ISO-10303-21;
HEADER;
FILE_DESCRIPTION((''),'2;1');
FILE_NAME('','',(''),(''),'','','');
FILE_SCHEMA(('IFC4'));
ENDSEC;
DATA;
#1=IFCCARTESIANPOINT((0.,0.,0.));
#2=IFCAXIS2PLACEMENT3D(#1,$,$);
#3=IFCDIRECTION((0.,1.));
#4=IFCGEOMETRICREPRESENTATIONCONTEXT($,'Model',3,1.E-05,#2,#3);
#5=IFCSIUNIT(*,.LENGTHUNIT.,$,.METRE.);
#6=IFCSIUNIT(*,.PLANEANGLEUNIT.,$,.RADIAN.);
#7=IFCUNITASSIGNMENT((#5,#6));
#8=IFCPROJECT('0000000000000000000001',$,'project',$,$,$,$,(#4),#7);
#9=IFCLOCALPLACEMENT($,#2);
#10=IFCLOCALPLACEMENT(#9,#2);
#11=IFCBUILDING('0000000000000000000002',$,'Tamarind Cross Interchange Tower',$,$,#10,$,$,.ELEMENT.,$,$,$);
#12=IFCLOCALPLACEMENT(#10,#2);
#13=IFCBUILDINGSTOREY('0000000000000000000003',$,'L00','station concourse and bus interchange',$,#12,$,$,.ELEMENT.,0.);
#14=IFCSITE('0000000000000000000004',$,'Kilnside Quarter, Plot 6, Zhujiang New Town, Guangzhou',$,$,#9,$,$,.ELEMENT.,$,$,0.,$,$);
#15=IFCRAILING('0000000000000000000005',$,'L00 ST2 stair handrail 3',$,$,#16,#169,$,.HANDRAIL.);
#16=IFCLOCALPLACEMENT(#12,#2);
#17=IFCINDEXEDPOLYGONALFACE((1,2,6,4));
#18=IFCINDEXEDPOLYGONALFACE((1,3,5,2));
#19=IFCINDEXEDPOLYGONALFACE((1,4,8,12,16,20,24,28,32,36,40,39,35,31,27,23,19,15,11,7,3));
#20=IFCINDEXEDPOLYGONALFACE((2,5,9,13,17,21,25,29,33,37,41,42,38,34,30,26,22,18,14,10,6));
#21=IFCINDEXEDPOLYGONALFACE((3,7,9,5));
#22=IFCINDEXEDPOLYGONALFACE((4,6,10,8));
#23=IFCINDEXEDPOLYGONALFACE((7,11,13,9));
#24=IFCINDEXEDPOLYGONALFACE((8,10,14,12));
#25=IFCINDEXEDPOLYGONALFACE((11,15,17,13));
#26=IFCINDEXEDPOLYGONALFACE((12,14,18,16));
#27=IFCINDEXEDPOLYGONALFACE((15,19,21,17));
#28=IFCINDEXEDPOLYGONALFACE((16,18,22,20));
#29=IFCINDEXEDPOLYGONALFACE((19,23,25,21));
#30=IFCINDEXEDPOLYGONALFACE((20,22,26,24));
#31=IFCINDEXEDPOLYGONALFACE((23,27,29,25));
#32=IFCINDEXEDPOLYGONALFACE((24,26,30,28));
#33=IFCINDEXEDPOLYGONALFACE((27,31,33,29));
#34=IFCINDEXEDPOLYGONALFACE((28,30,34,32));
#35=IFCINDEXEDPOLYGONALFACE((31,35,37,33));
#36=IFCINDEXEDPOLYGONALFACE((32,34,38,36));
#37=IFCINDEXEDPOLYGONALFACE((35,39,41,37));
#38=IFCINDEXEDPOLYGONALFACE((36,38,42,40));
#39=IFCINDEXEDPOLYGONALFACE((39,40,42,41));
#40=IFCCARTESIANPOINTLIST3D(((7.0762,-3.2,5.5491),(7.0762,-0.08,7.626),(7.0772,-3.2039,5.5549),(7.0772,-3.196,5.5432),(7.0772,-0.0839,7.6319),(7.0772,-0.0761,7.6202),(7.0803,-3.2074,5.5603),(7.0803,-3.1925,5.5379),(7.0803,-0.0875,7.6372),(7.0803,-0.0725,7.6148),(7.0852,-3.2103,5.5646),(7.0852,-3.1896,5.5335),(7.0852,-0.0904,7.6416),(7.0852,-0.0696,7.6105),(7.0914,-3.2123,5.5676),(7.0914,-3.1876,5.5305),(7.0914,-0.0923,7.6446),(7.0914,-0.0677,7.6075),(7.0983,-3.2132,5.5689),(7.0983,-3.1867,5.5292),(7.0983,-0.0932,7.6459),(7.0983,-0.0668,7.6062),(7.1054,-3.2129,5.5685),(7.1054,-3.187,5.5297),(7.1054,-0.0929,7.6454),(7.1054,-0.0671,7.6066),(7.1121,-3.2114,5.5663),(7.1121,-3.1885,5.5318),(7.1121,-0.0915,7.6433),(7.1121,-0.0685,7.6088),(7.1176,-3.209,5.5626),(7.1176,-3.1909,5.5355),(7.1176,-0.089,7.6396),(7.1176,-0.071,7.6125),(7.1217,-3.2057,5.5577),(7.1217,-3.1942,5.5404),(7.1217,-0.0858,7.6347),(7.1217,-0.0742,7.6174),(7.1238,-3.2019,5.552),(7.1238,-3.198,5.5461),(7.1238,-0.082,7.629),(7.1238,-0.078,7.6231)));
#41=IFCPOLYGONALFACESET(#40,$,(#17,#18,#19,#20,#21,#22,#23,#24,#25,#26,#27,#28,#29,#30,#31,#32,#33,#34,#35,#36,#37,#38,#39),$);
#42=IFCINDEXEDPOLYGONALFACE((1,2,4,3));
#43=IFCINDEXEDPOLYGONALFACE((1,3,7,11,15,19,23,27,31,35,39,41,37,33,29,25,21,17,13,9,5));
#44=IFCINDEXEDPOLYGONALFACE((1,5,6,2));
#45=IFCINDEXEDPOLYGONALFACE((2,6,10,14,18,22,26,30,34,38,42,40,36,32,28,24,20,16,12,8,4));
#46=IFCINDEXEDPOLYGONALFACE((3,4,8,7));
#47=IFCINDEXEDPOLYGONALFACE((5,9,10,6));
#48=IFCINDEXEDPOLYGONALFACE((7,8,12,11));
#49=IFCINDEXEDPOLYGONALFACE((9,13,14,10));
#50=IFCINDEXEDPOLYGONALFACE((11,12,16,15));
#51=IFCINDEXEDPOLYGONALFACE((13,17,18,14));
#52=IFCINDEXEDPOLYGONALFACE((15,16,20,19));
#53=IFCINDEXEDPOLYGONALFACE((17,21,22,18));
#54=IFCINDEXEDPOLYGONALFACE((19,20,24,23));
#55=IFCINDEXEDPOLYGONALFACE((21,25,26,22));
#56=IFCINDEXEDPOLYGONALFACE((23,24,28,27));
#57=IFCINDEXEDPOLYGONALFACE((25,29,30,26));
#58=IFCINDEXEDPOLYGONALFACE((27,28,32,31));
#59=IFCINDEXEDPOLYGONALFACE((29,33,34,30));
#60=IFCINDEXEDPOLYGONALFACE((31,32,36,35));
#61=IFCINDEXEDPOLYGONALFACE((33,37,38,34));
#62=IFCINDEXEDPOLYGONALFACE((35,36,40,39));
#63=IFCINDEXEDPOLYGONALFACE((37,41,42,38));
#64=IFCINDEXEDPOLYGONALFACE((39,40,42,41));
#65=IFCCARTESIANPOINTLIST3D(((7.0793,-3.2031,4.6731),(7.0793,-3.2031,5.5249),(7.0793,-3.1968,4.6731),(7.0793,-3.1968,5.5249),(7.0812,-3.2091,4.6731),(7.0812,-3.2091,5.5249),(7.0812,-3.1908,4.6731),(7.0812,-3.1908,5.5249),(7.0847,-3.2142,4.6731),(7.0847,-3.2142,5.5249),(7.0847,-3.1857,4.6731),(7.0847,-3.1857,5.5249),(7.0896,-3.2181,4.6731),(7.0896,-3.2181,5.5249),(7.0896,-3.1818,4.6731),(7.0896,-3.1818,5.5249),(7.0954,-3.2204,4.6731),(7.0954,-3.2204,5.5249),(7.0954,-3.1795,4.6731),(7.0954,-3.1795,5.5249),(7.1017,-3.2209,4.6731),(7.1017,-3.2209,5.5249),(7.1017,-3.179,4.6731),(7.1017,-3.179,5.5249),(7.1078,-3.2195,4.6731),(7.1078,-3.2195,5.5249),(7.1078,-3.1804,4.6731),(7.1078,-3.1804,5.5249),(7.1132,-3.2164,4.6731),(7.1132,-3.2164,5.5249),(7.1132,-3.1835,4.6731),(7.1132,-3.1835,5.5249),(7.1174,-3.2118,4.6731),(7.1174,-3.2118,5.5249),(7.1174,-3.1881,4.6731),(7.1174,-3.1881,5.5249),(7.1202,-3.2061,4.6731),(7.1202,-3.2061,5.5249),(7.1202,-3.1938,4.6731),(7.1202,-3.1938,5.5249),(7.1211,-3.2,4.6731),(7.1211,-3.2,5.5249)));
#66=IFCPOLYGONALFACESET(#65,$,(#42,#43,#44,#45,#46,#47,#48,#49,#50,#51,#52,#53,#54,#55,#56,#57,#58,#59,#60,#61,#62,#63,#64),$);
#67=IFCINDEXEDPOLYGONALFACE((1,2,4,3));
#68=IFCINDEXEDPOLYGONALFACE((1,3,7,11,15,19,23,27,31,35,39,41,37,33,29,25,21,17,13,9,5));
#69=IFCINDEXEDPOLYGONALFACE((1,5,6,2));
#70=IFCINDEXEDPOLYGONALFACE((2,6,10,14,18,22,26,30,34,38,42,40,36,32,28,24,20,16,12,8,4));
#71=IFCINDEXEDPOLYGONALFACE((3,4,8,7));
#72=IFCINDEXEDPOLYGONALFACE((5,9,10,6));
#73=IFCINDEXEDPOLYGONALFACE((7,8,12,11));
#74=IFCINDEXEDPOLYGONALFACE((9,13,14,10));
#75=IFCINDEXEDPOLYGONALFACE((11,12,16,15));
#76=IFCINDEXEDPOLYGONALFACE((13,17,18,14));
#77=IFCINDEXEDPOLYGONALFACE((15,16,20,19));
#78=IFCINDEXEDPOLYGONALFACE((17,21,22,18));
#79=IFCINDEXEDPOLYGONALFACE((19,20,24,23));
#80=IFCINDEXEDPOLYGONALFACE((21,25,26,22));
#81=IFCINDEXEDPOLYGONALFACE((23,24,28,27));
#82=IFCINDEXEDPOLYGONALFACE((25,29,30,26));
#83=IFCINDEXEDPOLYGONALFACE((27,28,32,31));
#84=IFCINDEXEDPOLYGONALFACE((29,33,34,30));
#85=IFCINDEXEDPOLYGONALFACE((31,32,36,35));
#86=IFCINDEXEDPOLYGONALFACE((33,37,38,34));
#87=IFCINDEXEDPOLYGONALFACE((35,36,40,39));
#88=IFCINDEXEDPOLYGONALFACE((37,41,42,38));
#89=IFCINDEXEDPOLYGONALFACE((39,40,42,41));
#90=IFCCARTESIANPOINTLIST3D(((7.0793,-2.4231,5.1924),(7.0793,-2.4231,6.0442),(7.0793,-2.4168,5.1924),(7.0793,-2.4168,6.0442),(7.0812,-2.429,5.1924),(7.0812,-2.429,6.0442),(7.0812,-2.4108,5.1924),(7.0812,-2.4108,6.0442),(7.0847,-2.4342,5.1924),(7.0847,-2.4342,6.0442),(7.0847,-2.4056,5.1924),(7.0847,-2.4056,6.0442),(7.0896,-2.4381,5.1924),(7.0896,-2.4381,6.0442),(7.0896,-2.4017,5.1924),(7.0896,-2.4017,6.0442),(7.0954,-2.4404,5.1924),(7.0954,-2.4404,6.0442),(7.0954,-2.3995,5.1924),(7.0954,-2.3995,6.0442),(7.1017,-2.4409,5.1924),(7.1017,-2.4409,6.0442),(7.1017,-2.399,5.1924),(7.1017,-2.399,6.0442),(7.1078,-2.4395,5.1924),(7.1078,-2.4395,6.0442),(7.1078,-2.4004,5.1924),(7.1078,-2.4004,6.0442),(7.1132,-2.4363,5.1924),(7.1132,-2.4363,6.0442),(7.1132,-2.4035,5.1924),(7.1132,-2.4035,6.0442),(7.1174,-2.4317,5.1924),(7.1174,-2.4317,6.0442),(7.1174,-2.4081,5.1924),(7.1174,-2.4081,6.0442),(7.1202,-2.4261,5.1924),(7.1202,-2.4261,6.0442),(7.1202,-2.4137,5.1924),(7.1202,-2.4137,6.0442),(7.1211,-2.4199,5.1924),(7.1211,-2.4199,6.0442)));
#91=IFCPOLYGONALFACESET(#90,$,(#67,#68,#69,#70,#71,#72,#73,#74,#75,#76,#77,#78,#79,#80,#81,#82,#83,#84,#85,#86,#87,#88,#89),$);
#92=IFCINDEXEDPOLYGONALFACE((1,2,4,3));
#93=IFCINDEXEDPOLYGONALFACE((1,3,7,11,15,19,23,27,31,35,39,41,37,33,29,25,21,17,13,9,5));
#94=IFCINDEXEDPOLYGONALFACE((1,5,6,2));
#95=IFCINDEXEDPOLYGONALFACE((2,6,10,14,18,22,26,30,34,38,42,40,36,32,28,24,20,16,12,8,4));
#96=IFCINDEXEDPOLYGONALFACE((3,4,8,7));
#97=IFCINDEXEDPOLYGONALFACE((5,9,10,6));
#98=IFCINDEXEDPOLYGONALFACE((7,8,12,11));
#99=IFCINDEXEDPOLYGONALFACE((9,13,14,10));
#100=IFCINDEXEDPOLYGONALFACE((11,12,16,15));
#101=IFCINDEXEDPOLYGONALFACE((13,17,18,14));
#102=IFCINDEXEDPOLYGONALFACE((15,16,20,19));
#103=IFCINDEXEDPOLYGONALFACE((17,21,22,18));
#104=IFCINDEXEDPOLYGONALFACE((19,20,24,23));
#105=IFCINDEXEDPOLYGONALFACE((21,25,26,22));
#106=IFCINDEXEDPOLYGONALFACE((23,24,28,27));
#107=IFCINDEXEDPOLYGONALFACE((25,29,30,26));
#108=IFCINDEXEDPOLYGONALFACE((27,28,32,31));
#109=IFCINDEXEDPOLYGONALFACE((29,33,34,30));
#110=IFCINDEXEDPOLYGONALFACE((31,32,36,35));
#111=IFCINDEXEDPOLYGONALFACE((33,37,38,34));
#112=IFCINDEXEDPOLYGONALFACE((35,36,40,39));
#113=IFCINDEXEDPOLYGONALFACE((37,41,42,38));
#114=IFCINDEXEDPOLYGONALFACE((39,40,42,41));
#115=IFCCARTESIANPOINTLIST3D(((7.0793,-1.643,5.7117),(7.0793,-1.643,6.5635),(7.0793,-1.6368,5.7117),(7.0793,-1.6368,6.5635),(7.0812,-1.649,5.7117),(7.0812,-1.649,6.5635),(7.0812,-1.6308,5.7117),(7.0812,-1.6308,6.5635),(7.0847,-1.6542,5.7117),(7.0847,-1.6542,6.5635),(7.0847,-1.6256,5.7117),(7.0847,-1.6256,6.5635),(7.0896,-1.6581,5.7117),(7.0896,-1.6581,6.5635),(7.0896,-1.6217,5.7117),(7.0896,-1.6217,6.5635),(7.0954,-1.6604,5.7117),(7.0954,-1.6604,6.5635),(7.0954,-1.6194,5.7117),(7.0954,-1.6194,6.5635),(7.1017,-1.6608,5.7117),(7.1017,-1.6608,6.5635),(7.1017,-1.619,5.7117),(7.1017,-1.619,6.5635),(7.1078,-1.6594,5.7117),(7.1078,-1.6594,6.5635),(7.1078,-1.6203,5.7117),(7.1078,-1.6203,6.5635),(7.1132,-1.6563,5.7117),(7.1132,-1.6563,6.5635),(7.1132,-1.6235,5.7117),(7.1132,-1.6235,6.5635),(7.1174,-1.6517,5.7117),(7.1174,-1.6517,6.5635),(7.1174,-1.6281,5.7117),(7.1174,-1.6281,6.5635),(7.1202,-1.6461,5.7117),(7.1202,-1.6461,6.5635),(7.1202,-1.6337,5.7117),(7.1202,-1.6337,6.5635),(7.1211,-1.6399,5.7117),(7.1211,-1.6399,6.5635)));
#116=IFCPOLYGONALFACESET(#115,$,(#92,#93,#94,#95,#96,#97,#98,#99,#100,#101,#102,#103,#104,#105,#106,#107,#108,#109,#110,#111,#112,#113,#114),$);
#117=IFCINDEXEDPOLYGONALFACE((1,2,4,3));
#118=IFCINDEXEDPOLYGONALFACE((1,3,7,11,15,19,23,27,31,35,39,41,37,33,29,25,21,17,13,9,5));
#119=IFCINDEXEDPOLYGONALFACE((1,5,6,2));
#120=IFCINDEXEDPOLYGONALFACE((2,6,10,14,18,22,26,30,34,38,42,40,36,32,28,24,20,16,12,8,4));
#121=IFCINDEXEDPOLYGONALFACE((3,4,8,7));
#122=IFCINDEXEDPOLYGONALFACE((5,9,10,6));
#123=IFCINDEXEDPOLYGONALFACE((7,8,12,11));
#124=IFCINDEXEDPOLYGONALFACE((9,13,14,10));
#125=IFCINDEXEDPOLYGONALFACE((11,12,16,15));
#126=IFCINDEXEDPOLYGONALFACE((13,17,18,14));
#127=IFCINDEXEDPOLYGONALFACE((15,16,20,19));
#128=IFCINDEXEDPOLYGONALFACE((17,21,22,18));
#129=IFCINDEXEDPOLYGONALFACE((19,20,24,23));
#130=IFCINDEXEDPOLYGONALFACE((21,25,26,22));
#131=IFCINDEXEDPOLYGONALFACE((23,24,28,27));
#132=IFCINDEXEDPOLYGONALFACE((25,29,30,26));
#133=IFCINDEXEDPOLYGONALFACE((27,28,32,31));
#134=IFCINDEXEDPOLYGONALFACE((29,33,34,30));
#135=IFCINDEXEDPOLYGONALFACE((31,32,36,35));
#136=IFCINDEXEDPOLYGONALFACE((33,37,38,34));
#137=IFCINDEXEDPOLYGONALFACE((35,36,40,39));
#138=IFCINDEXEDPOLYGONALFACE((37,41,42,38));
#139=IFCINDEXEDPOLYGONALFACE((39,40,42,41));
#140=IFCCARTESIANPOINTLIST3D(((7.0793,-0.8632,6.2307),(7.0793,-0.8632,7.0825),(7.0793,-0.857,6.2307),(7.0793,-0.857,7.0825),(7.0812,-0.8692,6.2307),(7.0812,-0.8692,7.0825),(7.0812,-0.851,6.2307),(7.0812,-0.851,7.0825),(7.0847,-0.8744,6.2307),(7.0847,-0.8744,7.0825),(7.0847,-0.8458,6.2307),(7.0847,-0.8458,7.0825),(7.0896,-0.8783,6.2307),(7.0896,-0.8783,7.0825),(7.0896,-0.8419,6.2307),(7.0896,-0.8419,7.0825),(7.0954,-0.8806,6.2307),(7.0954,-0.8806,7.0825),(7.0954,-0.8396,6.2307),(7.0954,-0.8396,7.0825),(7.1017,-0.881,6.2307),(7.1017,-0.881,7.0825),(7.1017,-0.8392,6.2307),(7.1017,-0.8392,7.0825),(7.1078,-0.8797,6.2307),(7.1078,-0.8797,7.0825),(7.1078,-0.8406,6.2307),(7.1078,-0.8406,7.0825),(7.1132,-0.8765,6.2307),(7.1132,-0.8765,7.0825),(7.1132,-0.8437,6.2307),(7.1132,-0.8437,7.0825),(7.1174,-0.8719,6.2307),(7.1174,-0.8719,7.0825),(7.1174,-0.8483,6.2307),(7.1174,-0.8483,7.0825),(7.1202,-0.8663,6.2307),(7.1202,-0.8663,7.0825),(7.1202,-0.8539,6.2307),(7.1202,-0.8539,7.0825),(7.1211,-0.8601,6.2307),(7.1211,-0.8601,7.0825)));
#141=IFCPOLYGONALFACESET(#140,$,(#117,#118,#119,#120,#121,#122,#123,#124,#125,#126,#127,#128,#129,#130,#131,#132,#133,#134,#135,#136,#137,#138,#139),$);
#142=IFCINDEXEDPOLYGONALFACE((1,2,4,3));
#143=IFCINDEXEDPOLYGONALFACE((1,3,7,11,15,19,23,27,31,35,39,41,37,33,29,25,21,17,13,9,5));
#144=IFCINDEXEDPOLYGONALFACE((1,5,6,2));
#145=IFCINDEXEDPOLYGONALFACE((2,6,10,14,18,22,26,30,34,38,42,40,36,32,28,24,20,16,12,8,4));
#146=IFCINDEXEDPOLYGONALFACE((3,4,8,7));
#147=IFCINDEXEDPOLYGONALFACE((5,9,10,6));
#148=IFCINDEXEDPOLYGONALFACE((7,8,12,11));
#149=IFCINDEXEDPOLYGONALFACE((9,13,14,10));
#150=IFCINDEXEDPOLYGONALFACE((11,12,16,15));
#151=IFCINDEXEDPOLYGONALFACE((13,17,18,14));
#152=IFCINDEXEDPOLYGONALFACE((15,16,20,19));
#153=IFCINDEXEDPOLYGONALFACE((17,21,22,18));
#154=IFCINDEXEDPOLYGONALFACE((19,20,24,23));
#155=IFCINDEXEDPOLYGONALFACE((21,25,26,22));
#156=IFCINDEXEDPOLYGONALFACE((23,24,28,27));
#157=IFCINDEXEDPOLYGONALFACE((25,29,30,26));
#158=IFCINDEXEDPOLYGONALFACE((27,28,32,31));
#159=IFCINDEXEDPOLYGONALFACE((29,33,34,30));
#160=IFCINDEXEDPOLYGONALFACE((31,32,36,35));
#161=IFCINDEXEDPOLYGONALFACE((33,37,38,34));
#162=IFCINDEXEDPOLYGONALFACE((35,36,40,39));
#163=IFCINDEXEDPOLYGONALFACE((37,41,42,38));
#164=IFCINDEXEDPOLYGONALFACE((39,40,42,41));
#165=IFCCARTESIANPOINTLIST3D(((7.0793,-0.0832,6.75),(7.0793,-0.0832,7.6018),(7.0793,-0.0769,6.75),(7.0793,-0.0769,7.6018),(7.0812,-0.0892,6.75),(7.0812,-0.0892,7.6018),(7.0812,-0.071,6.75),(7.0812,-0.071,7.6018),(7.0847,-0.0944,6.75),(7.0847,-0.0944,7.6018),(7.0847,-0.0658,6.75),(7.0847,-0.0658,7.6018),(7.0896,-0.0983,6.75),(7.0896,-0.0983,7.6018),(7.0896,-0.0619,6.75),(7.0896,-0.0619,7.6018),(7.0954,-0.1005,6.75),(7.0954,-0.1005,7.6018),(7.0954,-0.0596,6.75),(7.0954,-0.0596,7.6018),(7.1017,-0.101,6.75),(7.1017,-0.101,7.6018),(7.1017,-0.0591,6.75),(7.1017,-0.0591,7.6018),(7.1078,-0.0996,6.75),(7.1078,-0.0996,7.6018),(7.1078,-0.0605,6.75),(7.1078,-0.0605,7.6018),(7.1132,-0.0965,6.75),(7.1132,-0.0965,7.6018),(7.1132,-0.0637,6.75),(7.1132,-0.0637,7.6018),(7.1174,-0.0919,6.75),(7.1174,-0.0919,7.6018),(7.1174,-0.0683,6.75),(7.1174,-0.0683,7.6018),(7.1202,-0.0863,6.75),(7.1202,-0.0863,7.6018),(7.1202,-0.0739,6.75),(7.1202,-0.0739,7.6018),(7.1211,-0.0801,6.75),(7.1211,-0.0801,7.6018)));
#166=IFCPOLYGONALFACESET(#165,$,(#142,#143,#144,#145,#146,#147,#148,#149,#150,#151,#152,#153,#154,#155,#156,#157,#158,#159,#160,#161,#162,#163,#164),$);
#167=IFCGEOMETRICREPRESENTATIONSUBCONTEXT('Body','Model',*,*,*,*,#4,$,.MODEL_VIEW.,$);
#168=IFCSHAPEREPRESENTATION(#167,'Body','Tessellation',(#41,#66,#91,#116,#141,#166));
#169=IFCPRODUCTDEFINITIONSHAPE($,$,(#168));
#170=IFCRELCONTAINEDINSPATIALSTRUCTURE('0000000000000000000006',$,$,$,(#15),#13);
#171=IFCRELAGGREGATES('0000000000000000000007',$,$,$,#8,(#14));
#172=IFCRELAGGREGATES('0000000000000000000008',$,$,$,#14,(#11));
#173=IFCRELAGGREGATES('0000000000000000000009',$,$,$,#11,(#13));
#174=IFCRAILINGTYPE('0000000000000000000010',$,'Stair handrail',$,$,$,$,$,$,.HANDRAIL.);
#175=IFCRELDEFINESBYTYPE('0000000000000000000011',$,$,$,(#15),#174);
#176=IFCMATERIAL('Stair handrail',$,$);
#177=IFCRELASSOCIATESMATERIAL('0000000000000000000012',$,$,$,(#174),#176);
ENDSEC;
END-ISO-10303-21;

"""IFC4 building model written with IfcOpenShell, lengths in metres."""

from ifc_helpers import new_model, si_unit, direction, frame, origin, origin_2d, place, context, subcontext, project, spatial, circle, extrude, material, type_object, element, save


model = new_model("IFC4")

# Units and contexts
model_context = context("Model", 3, precision=1e-05, world=origin(), true_north=direction((0.0, 1.0)))
body_context = subcontext(model_context, "Body", "Model", "MODEL_VIEW")
ifc_project = project(units=[si_unit("LENGTHUNIT", "METRE"), si_unit("PLANEANGLEUNIT", "RADIAN")], contexts=[model_context])

# Site, building, storey
site_placement = place(None, origin())
site = spatial("IfcSite", under=ifc_project, at=site_placement, Name="Kilnside Quarter, Plot 6, Zhujiang New Town, Guangzhou", CompositionType="ELEMENT", RefElevation=0.0)
building_placement = place(site_placement, origin())
building = spatial("IfcBuilding", under=site, at=building_placement, Name="Tamarind Cross Interchange Tower", CompositionType="ELEMENT")
storey_placement = place(building_placement, origin())
storey = spatial("IfcBuildingStorey", under=building, at=storey_placement, Name="L00", Description="station concourse and bus interchange", CompositionType="ELEMENT", Elevation=0.0)

# Railing
ifc_material_1 = material(Name="Stair handrail")
railing_type_1 = type_object("IfcRailingType", Name="Stair handrail", PredefinedType="HANDRAIL", material=ifc_material_1)
railing_1_placement = place(storey_placement, frame((7.1001, -3.2, 4.6731)))
element("IfcRailing", 1, at=railing_1_placement, inside=storey, type_object=railing_type_1, Name="L00 ST2 stair handrail 3", PredefinedType="HANDRAIL", context=body_context, shape_type="SweptSolid", body=[
    extrude(circle(Radius=0.0239, at=origin_2d()), frame((0.0, 0.0, 0.876), z_axis=(0.0, 0.832421, 0.554144), x_axis=(-1.0, 0.0, 0.0)), (0.0, 0.0, 1.0), 3.748),
    extrude(circle(Radius=0.021, at=origin_2d()), origin(), (0.0, 0.0, 1.0), 0.8518),
    extrude(circle(Radius=0.021, at=origin_2d()), frame((0.0, 0.78, 0.5193)), (0.0, 0.0, 1.0), 0.8518),
    extrude(circle(Radius=0.021, at=origin_2d()), frame((0.0, 1.5601, 1.0386)), (0.0, 0.0, 1.0), 0.8518),
    extrude(circle(Radius=0.021, at=origin_2d()), frame((0.0, 2.3398, 1.5576)), (0.0, 0.0, 1.0), 0.8518),
    extrude(circle(Radius=0.021, at=origin_2d()), frame((0.0, 3.1199, 2.0769)), (0.0, 0.0, 1.0), 0.8518),
])

save(model, "model.ifc")
